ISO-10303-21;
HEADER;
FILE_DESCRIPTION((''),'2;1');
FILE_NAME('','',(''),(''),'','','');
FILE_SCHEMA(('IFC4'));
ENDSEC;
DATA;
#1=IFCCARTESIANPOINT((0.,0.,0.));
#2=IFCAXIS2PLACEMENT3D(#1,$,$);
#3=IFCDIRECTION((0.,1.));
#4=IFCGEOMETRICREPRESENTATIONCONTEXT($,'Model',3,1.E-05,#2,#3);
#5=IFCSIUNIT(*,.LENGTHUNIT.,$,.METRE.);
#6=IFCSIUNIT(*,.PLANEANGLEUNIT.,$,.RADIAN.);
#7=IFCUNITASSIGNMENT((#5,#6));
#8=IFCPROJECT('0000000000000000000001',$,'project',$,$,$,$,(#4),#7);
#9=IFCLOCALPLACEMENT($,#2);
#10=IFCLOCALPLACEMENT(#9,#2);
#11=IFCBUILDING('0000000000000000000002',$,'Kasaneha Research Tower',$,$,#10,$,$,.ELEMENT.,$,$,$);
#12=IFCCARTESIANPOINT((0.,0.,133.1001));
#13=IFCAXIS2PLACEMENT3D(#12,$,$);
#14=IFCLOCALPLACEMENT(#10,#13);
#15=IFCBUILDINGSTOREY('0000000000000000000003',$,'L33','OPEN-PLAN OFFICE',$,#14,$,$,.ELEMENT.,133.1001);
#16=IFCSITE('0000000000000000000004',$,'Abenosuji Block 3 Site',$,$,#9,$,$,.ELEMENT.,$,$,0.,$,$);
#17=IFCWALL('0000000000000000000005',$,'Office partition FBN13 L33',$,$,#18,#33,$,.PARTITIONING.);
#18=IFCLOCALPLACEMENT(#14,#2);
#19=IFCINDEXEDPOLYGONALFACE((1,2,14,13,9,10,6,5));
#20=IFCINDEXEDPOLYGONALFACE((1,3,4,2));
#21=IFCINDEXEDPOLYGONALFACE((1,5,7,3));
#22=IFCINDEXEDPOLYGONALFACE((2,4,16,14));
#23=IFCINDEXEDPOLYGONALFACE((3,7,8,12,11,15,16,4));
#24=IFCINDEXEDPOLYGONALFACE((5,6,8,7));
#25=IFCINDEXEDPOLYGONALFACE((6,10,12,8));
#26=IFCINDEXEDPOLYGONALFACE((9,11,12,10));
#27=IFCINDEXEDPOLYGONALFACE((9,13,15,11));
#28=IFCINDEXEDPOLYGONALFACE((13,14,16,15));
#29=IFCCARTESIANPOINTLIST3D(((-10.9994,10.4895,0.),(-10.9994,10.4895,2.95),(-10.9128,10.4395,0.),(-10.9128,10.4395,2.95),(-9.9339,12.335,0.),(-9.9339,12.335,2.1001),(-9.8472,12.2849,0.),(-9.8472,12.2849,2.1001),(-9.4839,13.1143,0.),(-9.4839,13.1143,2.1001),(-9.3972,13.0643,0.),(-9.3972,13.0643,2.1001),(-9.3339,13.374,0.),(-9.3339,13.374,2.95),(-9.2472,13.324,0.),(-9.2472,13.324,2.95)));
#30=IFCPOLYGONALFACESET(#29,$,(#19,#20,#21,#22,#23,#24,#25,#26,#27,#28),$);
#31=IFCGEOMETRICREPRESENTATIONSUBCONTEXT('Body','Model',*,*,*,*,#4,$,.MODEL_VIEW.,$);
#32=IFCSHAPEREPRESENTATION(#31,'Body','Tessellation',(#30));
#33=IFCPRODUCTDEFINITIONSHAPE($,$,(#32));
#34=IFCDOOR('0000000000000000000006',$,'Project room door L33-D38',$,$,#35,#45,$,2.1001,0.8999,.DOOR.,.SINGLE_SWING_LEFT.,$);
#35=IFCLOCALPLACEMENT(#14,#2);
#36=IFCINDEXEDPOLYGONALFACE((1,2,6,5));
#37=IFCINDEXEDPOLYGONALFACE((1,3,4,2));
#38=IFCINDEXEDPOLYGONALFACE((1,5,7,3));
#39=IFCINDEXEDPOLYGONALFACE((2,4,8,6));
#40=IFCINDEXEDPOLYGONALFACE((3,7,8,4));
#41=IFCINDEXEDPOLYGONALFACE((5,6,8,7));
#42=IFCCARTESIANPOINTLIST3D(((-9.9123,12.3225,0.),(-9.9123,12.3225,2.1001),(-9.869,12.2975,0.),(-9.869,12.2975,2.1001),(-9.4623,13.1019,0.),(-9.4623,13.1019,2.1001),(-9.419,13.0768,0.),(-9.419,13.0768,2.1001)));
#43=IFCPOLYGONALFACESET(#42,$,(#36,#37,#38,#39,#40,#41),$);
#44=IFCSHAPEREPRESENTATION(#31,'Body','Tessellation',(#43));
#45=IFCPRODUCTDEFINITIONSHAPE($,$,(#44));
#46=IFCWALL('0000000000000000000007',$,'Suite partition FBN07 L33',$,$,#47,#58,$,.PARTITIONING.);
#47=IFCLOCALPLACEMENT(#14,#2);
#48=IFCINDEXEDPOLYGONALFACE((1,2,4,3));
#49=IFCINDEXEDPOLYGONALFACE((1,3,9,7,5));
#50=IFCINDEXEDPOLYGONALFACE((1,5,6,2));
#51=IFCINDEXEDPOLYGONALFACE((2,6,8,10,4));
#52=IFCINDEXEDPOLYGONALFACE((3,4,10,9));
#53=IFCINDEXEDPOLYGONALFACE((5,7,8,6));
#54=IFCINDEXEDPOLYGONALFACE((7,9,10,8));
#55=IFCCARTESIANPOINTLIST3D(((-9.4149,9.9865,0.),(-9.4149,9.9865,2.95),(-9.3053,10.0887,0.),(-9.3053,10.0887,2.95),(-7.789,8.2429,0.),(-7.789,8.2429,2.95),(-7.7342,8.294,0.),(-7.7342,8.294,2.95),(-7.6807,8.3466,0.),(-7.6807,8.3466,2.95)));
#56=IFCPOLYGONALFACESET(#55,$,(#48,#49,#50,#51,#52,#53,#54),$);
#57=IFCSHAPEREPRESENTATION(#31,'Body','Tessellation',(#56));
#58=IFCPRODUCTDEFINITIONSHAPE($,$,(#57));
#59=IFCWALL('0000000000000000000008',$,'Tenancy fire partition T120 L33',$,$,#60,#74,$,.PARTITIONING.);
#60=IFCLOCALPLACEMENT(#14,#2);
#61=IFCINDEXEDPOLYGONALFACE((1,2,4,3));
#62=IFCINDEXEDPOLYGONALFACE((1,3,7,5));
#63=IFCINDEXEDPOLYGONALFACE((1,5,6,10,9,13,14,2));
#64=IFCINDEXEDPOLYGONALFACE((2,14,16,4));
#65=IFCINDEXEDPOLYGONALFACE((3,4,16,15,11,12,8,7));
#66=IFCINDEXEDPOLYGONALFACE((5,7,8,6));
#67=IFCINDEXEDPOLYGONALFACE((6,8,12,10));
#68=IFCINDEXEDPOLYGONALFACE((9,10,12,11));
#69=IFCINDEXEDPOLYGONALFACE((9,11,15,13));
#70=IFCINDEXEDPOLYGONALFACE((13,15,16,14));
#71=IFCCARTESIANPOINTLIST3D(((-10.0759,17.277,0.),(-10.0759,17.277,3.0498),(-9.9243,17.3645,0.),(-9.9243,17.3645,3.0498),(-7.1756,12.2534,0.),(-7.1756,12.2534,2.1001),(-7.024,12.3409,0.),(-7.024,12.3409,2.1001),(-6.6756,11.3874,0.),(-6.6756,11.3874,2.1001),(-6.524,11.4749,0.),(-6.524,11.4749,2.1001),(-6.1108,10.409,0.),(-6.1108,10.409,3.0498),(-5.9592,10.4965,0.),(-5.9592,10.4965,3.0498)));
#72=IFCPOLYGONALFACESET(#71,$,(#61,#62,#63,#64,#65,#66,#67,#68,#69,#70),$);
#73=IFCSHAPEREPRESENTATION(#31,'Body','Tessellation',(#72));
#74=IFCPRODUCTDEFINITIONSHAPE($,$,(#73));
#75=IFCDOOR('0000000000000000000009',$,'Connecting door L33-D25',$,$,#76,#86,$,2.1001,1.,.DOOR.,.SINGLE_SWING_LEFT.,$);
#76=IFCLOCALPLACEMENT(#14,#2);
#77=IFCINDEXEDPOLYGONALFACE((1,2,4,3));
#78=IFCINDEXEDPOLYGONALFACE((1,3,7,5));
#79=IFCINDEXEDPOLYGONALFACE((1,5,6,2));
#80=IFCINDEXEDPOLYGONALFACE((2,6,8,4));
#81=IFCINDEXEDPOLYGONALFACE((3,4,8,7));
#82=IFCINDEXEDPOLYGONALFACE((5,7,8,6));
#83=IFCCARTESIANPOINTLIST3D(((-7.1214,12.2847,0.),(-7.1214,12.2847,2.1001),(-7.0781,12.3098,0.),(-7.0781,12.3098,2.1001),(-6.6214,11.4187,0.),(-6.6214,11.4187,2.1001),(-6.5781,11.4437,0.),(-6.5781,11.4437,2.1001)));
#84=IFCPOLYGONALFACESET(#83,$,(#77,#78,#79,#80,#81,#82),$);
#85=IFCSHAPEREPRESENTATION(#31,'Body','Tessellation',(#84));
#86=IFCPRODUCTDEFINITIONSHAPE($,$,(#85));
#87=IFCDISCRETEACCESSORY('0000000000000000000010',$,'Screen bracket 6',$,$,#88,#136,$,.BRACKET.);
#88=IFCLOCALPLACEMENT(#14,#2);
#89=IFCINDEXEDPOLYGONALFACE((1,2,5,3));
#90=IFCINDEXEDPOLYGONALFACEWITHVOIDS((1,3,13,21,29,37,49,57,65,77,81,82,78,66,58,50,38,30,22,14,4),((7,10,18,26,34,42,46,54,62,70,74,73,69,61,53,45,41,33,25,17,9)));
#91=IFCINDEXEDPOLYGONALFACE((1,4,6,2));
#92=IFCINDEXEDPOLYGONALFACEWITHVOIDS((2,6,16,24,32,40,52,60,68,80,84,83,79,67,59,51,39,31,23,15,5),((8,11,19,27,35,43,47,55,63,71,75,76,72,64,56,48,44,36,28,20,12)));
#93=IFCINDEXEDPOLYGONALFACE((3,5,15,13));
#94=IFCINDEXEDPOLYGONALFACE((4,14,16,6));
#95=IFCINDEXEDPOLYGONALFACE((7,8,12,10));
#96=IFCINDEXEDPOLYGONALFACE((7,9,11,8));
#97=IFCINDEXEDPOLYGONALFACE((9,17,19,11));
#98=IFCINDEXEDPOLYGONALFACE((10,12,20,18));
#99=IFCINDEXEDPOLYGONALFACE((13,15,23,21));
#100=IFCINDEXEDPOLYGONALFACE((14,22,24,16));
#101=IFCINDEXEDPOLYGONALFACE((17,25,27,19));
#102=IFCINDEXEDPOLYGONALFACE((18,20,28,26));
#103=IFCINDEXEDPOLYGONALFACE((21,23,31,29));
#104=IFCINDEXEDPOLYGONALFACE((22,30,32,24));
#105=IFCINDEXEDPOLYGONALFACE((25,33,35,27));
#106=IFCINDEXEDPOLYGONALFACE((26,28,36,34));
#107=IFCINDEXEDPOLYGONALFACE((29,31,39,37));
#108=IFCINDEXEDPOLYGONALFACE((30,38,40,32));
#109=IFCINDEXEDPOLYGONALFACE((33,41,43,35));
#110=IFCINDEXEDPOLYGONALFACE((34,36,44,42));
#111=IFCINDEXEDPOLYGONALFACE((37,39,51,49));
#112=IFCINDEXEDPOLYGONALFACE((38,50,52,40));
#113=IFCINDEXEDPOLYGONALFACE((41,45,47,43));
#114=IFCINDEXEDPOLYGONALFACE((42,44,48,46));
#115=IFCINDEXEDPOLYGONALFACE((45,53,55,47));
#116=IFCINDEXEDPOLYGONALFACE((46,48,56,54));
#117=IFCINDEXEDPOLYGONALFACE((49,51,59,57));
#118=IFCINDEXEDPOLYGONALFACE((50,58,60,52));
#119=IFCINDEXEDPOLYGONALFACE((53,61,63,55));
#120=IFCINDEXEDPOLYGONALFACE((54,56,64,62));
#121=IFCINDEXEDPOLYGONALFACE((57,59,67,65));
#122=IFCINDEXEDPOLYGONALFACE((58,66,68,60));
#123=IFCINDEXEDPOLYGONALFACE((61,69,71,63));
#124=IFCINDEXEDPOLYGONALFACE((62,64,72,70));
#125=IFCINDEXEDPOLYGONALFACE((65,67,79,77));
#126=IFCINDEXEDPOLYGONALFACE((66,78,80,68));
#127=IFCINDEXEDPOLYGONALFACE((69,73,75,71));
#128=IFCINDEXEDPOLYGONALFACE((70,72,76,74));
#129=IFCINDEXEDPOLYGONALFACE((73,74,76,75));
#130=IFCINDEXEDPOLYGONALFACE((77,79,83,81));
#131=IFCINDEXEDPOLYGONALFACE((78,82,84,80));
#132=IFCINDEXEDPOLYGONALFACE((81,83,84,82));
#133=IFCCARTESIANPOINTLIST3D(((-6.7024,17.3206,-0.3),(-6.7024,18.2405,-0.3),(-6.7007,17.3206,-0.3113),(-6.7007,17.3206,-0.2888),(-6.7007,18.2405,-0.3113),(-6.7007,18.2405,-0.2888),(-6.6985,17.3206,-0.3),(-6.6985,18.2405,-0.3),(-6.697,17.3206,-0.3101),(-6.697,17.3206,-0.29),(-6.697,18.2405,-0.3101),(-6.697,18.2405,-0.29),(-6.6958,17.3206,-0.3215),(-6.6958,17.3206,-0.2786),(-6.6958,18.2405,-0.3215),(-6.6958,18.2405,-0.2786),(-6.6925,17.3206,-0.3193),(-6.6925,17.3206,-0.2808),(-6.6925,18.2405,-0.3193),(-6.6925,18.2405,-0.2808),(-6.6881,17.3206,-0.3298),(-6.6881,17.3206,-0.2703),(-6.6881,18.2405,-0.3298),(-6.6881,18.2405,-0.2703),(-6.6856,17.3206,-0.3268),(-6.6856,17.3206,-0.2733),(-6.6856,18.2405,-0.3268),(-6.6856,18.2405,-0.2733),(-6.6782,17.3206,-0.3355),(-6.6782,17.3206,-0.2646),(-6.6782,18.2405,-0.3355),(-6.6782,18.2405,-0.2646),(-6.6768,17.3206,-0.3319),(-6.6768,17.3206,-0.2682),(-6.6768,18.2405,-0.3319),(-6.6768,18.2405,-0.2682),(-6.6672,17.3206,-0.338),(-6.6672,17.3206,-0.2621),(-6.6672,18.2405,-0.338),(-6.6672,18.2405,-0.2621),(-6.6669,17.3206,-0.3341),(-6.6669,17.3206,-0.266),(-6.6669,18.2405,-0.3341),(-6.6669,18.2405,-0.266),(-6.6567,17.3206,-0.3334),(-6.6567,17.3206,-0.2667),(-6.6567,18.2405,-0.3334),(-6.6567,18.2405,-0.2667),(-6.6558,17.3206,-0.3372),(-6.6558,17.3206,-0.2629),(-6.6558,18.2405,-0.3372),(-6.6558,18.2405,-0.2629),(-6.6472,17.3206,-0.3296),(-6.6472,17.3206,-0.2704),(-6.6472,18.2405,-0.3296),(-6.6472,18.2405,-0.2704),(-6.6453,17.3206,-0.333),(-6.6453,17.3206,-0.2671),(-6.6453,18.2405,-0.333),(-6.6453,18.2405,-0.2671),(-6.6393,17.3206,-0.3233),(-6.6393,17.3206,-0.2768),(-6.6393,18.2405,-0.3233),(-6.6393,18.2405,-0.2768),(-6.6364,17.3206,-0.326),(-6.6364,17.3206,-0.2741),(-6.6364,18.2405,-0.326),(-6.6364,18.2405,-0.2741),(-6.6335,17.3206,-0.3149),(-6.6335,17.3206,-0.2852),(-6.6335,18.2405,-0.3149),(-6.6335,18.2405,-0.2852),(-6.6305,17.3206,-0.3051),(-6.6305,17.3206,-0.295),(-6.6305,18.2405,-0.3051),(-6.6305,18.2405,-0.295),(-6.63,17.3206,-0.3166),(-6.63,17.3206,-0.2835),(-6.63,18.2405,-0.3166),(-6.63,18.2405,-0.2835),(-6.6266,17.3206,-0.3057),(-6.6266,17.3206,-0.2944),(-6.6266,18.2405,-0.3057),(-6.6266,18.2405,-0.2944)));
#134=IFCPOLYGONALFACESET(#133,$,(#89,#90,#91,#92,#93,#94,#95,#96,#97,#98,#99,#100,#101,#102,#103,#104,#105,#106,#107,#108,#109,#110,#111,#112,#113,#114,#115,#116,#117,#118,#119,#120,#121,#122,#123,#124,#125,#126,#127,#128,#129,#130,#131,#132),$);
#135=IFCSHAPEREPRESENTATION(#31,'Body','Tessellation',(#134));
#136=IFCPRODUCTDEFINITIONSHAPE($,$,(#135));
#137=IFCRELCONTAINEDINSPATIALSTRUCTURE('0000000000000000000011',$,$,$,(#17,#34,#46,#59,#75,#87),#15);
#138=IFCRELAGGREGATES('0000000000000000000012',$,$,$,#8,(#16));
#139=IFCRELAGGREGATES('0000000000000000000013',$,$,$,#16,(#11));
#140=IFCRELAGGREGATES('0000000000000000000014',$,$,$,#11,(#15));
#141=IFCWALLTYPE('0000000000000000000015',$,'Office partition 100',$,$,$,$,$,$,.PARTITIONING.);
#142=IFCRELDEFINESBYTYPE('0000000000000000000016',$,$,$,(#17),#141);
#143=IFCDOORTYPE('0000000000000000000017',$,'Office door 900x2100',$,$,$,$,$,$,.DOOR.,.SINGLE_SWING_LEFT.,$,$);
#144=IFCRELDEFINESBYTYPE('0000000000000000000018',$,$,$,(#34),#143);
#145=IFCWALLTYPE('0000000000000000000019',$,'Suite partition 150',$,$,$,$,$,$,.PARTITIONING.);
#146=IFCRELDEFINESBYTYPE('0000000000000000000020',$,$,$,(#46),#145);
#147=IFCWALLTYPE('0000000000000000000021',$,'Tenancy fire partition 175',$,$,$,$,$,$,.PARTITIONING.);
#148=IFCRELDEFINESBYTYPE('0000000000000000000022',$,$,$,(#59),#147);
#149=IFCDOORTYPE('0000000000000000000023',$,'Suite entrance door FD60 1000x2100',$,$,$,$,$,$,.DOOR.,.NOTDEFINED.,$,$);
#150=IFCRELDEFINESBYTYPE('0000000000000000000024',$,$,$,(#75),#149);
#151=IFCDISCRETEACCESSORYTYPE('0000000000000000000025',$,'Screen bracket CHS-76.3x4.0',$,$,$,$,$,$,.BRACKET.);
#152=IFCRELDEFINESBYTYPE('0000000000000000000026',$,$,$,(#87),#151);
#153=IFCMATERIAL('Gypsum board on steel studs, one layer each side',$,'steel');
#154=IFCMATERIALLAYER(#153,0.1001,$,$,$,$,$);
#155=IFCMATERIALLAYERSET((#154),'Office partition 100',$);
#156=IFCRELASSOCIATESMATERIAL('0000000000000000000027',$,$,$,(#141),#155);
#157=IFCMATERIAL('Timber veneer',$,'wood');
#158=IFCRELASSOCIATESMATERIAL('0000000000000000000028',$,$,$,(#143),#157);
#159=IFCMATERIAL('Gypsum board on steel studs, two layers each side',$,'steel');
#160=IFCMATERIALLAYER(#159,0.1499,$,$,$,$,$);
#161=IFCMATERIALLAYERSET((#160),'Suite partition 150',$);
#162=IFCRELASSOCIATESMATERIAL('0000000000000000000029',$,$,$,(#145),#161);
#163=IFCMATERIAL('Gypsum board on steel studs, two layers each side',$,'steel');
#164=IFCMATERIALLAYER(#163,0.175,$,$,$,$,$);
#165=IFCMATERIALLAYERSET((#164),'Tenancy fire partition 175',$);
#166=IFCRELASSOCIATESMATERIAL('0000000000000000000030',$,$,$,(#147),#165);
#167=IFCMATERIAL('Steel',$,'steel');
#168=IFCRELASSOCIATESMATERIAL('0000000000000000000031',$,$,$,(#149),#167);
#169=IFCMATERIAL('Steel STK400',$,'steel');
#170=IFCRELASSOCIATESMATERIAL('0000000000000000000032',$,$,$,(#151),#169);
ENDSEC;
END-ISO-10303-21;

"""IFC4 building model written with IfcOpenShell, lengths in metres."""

from ifc_helpers import new_model, si_unit, direction, frame, frame_2d, origin, origin_2d, place, context, subcontext, project, spatial, polyline, rectangle, hollow_circle, outline, extrude, material, layer, layer_set, material_profile, profile_set, type_object, element, fill, save


model = new_model("IFC4")

# Units and contexts
model_context = context("Model", 3, precision=1e-05, world=origin(), true_north=direction((0.0, 1.0)))
body_context = subcontext(model_context, "Body", "Model", "MODEL_VIEW")
ifc_project = project(units=[si_unit("LENGTHUNIT", "METRE"), si_unit("PLANEANGLEUNIT", "RADIAN")], contexts=[model_context])

# Site, building, storey
site_placement = place(None, origin())
site = spatial("IfcSite", under=ifc_project, at=site_placement, Name="Abenosuji Block 3 Site", CompositionType="ELEMENT", RefElevation=0.0)
building_placement = place(site_placement, origin())
building = spatial("IfcBuilding", under=site, at=building_placement, Name="Kasaneha Research Tower", CompositionType="ELEMENT")
storey_placement = place(building_placement, frame((0.0, 0.0, 133.1001)))
storey = spatial("IfcBuildingStorey", under=building, at=storey_placement, Name="L33", Description="OPEN-PLAN OFFICE", CompositionType="ELEMENT", Elevation=133.1001)

# Wall, opening, door
ifc_material_1 = material(Name="Gypsum board on steel studs, one layer each side", Category="steel")
ifc_layer_1 = layer(ifc_material_1, 0.1001)
ifc_layer_set_1 = layer_set([ifc_layer_1], Name="Office partition 100")
wall_type_1 = type_object("IfcWallType", Name="Office partition 100", PredefinedType="PARTITIONING", material=ifc_layer_set_1)
wall_1_placement = place(storey_placement, frame((-9.2905, 13.3491, 0.0), z_axis=(0.0, 0.0, 1.0), x_axis=(-0.500033, -0.866006, 0.0)))
wall_1 = element("IfcWall", 1, at=wall_1_placement, inside=storey, type_object=wall_type_1, Name="Office partition FBN13 L33", PredefinedType="PARTITIONING", context=body_context, shape_type="SweptSolid", body=[
    extrude(rectangle(XDim=3.3308, YDim=0.1001, at=frame_2d((1.6655, 0.0))), origin(), (0.0, 0.0, 1.0), 2.95),
])
opening_1_placement = place(wall_1_placement, frame((0.3, 0.0, 0.0)))
opening_1 = element("IfcOpeningElement", 2, at=opening_1_placement, cuts=wall_1, PredefinedType="OPENING", context=body_context, shape_type="SweptSolid", body=[
    extrude(rectangle(XDim=0.8999, YDim=2.1001, at=frame_2d((0.45, 1.05))), frame((0.0, 0.0601, 0.0), z_axis=(0.0, -1.0, 0.0), x_axis=(1.0, 0.0, 0.0)), (0.0, 0.0, 1.0), 0.1201),
])
ifc_material_2 = material(Name="Timber veneer", Category="wood")
door_type_1 = type_object("IfcDoorType", Name="Office door 900x2100", OperationType="SINGLE_SWING_LEFT", PredefinedType="DOOR", material=ifc_material_2)
door_1_placement = place(opening_1_placement, origin())
door_1 = element("IfcDoor", 3, at=door_1_placement, inside=storey, type_object=door_type_1, Name="Project room door L33-D38", OperationType="SINGLE_SWING_LEFT", OverallHeight=2.1001, OverallWidth=0.8999, PredefinedType="DOOR", context=body_context, shape_type="SweptSolid", body=[
    extrude(rectangle(XDim=0.8999, YDim=2.1001, at=frame_2d((0.45, 1.05))), frame((0.0, 0.0249, 0.0), z_axis=(0.0, -1.0, 0.0), x_axis=(1.0, 0.0, 0.0)), (0.0, 0.0, 1.0), 0.05),
])
fill(opening_1, door_1)

# Wall
ifc_material_3 = material(Name="Gypsum board on steel studs, two layers each side", Category="steel")
ifc_layer_2 = layer(ifc_material_3, 0.1499)
ifc_layer_set_2 = layer_set([ifc_layer_2], Name="Suite partition 150")
wall_type_2 = type_object("IfcWallType", Name="Suite partition 150", PredefinedType="PARTITIONING", material=ifc_layer_set_2)
wall_2_placement = place(storey_placement, frame((-9.3601, 10.0376, 0.0), z_axis=(0.0, 0.0, 1.0), x_axis=(0.681997, -0.731355, 0.0)))
element("IfcWall", 4, at=wall_2_placement, inside=storey, type_object=wall_type_2, Name="Suite partition FBN07 L33", PredefinedType="PARTITIONING", context=body_context, shape_type="SweptSolid", body=[
    extrude(outline(polyline([(0.0, -0.075), (2.384, -0.075), (2.384, 0.0), (2.3821, 0.075), (0.0, 0.075), (0.0, -0.075)])), origin(), (0.0, 0.0, 1.0), 2.95),
])

# Wall, opening, door
ifc_material_4 = material(Name="Gypsum board on steel studs, two layers each side", Category="steel")
ifc_layer_3 = layer(ifc_material_4, 0.175)
ifc_layer_set_3 = layer_set([ifc_layer_3], Name="Tenancy fire partition 175")
wall_type_3 = type_object("IfcWallType", Name="Tenancy fire partition 175", PredefinedType="PARTITIONING", material=ifc_layer_set_3)
wall_3_placement = place(storey_placement, frame((-6.0349, 10.4526, 0.0), z_axis=(0.0, 0.0, 1.0), x_axis=(-0.49999, 0.866031, 0.0)))
wall_3 = element("IfcWall", 5, at=wall_3_placement, inside=storey, type_object=wall_type_3, Name="Tenancy fire partition T120 L33", PredefinedType="PARTITIONING", context=body_context, shape_type="SweptSolid", body=[
    extrude(rectangle(XDim=7.9304, YDim=0.175, at=frame_2d((3.9653, 0.0))), origin(), (0.0, 0.0, 1.0), 3.0498),
])
opening_2_placement = place(wall_3_placement, frame((1.1299, 0.0, 0.0)))
opening_2 = element("IfcOpeningElement", 6, at=opening_2_placement, cuts=wall_3, PredefinedType="OPENING", context=body_context, shape_type="SweptSolid", body=[
    extrude(rectangle(XDim=1.0, YDim=2.1001, at=frame_2d((0.5, 1.05))), frame((0.0, 0.0977, 0.0), z_axis=(0.0, -1.0, 0.0), x_axis=(1.0, 0.0, 0.0)), (0.0, 0.0, 1.0), 0.1951),
])
ifc_material_5 = material(Name="Steel", Category="steel")
door_type_2 = type_object("IfcDoorType", Name="Suite entrance door FD60 1000x2100", OperationType="NOTDEFINED", PredefinedType="DOOR", material=ifc_material_5)
door_2_placement = place(opening_2_placement, origin())
door_2 = element("IfcDoor", 7, at=door_2_placement, inside=storey, type_object=door_type_2, Name="Connecting door L33-D25", OperationType="SINGLE_SWING_LEFT", OverallHeight=2.1001, OverallWidth=1.0, PredefinedType="DOOR", context=body_context, shape_type="SweptSolid", body=[
    extrude(rectangle(XDim=1.0, YDim=2.1001, at=frame_2d((0.5, 1.05))), frame((0.0, 0.0249, 0.0), z_axis=(0.0, -1.0, 0.0), x_axis=(1.0, 0.0, 0.0)), (0.0, 0.0, 1.0), 0.05),
])
fill(opening_2, door_2)

# Discrete accessory
ifc_material_6 = material(Name="Steel STK400", Category="steel")
ifc_material_profile_1 = material_profile(ifc_material_6, hollow_circle(Radius=0.0381, WallThickness=0.0039, at=origin_2d()), Name="CHS-76.3x4.0")
ifc_profile_set_1 = profile_set([ifc_material_profile_1], Name="Steel STK400")
discrete_accessory_type = type_object("IfcDiscreteAccessoryType", Name="Screen bracket CHS-76.3x4.0", PredefinedType="BRACKET", material=ifc_profile_set_1)
for number, where, z_axis, x_axis, name in (
    (8, (-6.6643, 17.3206, -0.3), (0.0, 1.0, 0.0), (-1.0, 0.0, 0.0), "Screen bracket 6"),
):
    element("IfcDiscreteAccessory", number, at=place(storey_placement, frame(where, z_axis=z_axis, x_axis=x_axis)), inside=storey, type_object=discrete_accessory_type, Name=name, PredefinedType="BRACKET", context=body_context, shape_type="SweptSolid", body=[
        extrude(hollow_circle(Radius=0.0381, WallThickness=0.0039, at=origin_2d()), origin(), (0.0, 0.0, 1.0), 0.9199),
    ])

save(model, "model.ifc")
